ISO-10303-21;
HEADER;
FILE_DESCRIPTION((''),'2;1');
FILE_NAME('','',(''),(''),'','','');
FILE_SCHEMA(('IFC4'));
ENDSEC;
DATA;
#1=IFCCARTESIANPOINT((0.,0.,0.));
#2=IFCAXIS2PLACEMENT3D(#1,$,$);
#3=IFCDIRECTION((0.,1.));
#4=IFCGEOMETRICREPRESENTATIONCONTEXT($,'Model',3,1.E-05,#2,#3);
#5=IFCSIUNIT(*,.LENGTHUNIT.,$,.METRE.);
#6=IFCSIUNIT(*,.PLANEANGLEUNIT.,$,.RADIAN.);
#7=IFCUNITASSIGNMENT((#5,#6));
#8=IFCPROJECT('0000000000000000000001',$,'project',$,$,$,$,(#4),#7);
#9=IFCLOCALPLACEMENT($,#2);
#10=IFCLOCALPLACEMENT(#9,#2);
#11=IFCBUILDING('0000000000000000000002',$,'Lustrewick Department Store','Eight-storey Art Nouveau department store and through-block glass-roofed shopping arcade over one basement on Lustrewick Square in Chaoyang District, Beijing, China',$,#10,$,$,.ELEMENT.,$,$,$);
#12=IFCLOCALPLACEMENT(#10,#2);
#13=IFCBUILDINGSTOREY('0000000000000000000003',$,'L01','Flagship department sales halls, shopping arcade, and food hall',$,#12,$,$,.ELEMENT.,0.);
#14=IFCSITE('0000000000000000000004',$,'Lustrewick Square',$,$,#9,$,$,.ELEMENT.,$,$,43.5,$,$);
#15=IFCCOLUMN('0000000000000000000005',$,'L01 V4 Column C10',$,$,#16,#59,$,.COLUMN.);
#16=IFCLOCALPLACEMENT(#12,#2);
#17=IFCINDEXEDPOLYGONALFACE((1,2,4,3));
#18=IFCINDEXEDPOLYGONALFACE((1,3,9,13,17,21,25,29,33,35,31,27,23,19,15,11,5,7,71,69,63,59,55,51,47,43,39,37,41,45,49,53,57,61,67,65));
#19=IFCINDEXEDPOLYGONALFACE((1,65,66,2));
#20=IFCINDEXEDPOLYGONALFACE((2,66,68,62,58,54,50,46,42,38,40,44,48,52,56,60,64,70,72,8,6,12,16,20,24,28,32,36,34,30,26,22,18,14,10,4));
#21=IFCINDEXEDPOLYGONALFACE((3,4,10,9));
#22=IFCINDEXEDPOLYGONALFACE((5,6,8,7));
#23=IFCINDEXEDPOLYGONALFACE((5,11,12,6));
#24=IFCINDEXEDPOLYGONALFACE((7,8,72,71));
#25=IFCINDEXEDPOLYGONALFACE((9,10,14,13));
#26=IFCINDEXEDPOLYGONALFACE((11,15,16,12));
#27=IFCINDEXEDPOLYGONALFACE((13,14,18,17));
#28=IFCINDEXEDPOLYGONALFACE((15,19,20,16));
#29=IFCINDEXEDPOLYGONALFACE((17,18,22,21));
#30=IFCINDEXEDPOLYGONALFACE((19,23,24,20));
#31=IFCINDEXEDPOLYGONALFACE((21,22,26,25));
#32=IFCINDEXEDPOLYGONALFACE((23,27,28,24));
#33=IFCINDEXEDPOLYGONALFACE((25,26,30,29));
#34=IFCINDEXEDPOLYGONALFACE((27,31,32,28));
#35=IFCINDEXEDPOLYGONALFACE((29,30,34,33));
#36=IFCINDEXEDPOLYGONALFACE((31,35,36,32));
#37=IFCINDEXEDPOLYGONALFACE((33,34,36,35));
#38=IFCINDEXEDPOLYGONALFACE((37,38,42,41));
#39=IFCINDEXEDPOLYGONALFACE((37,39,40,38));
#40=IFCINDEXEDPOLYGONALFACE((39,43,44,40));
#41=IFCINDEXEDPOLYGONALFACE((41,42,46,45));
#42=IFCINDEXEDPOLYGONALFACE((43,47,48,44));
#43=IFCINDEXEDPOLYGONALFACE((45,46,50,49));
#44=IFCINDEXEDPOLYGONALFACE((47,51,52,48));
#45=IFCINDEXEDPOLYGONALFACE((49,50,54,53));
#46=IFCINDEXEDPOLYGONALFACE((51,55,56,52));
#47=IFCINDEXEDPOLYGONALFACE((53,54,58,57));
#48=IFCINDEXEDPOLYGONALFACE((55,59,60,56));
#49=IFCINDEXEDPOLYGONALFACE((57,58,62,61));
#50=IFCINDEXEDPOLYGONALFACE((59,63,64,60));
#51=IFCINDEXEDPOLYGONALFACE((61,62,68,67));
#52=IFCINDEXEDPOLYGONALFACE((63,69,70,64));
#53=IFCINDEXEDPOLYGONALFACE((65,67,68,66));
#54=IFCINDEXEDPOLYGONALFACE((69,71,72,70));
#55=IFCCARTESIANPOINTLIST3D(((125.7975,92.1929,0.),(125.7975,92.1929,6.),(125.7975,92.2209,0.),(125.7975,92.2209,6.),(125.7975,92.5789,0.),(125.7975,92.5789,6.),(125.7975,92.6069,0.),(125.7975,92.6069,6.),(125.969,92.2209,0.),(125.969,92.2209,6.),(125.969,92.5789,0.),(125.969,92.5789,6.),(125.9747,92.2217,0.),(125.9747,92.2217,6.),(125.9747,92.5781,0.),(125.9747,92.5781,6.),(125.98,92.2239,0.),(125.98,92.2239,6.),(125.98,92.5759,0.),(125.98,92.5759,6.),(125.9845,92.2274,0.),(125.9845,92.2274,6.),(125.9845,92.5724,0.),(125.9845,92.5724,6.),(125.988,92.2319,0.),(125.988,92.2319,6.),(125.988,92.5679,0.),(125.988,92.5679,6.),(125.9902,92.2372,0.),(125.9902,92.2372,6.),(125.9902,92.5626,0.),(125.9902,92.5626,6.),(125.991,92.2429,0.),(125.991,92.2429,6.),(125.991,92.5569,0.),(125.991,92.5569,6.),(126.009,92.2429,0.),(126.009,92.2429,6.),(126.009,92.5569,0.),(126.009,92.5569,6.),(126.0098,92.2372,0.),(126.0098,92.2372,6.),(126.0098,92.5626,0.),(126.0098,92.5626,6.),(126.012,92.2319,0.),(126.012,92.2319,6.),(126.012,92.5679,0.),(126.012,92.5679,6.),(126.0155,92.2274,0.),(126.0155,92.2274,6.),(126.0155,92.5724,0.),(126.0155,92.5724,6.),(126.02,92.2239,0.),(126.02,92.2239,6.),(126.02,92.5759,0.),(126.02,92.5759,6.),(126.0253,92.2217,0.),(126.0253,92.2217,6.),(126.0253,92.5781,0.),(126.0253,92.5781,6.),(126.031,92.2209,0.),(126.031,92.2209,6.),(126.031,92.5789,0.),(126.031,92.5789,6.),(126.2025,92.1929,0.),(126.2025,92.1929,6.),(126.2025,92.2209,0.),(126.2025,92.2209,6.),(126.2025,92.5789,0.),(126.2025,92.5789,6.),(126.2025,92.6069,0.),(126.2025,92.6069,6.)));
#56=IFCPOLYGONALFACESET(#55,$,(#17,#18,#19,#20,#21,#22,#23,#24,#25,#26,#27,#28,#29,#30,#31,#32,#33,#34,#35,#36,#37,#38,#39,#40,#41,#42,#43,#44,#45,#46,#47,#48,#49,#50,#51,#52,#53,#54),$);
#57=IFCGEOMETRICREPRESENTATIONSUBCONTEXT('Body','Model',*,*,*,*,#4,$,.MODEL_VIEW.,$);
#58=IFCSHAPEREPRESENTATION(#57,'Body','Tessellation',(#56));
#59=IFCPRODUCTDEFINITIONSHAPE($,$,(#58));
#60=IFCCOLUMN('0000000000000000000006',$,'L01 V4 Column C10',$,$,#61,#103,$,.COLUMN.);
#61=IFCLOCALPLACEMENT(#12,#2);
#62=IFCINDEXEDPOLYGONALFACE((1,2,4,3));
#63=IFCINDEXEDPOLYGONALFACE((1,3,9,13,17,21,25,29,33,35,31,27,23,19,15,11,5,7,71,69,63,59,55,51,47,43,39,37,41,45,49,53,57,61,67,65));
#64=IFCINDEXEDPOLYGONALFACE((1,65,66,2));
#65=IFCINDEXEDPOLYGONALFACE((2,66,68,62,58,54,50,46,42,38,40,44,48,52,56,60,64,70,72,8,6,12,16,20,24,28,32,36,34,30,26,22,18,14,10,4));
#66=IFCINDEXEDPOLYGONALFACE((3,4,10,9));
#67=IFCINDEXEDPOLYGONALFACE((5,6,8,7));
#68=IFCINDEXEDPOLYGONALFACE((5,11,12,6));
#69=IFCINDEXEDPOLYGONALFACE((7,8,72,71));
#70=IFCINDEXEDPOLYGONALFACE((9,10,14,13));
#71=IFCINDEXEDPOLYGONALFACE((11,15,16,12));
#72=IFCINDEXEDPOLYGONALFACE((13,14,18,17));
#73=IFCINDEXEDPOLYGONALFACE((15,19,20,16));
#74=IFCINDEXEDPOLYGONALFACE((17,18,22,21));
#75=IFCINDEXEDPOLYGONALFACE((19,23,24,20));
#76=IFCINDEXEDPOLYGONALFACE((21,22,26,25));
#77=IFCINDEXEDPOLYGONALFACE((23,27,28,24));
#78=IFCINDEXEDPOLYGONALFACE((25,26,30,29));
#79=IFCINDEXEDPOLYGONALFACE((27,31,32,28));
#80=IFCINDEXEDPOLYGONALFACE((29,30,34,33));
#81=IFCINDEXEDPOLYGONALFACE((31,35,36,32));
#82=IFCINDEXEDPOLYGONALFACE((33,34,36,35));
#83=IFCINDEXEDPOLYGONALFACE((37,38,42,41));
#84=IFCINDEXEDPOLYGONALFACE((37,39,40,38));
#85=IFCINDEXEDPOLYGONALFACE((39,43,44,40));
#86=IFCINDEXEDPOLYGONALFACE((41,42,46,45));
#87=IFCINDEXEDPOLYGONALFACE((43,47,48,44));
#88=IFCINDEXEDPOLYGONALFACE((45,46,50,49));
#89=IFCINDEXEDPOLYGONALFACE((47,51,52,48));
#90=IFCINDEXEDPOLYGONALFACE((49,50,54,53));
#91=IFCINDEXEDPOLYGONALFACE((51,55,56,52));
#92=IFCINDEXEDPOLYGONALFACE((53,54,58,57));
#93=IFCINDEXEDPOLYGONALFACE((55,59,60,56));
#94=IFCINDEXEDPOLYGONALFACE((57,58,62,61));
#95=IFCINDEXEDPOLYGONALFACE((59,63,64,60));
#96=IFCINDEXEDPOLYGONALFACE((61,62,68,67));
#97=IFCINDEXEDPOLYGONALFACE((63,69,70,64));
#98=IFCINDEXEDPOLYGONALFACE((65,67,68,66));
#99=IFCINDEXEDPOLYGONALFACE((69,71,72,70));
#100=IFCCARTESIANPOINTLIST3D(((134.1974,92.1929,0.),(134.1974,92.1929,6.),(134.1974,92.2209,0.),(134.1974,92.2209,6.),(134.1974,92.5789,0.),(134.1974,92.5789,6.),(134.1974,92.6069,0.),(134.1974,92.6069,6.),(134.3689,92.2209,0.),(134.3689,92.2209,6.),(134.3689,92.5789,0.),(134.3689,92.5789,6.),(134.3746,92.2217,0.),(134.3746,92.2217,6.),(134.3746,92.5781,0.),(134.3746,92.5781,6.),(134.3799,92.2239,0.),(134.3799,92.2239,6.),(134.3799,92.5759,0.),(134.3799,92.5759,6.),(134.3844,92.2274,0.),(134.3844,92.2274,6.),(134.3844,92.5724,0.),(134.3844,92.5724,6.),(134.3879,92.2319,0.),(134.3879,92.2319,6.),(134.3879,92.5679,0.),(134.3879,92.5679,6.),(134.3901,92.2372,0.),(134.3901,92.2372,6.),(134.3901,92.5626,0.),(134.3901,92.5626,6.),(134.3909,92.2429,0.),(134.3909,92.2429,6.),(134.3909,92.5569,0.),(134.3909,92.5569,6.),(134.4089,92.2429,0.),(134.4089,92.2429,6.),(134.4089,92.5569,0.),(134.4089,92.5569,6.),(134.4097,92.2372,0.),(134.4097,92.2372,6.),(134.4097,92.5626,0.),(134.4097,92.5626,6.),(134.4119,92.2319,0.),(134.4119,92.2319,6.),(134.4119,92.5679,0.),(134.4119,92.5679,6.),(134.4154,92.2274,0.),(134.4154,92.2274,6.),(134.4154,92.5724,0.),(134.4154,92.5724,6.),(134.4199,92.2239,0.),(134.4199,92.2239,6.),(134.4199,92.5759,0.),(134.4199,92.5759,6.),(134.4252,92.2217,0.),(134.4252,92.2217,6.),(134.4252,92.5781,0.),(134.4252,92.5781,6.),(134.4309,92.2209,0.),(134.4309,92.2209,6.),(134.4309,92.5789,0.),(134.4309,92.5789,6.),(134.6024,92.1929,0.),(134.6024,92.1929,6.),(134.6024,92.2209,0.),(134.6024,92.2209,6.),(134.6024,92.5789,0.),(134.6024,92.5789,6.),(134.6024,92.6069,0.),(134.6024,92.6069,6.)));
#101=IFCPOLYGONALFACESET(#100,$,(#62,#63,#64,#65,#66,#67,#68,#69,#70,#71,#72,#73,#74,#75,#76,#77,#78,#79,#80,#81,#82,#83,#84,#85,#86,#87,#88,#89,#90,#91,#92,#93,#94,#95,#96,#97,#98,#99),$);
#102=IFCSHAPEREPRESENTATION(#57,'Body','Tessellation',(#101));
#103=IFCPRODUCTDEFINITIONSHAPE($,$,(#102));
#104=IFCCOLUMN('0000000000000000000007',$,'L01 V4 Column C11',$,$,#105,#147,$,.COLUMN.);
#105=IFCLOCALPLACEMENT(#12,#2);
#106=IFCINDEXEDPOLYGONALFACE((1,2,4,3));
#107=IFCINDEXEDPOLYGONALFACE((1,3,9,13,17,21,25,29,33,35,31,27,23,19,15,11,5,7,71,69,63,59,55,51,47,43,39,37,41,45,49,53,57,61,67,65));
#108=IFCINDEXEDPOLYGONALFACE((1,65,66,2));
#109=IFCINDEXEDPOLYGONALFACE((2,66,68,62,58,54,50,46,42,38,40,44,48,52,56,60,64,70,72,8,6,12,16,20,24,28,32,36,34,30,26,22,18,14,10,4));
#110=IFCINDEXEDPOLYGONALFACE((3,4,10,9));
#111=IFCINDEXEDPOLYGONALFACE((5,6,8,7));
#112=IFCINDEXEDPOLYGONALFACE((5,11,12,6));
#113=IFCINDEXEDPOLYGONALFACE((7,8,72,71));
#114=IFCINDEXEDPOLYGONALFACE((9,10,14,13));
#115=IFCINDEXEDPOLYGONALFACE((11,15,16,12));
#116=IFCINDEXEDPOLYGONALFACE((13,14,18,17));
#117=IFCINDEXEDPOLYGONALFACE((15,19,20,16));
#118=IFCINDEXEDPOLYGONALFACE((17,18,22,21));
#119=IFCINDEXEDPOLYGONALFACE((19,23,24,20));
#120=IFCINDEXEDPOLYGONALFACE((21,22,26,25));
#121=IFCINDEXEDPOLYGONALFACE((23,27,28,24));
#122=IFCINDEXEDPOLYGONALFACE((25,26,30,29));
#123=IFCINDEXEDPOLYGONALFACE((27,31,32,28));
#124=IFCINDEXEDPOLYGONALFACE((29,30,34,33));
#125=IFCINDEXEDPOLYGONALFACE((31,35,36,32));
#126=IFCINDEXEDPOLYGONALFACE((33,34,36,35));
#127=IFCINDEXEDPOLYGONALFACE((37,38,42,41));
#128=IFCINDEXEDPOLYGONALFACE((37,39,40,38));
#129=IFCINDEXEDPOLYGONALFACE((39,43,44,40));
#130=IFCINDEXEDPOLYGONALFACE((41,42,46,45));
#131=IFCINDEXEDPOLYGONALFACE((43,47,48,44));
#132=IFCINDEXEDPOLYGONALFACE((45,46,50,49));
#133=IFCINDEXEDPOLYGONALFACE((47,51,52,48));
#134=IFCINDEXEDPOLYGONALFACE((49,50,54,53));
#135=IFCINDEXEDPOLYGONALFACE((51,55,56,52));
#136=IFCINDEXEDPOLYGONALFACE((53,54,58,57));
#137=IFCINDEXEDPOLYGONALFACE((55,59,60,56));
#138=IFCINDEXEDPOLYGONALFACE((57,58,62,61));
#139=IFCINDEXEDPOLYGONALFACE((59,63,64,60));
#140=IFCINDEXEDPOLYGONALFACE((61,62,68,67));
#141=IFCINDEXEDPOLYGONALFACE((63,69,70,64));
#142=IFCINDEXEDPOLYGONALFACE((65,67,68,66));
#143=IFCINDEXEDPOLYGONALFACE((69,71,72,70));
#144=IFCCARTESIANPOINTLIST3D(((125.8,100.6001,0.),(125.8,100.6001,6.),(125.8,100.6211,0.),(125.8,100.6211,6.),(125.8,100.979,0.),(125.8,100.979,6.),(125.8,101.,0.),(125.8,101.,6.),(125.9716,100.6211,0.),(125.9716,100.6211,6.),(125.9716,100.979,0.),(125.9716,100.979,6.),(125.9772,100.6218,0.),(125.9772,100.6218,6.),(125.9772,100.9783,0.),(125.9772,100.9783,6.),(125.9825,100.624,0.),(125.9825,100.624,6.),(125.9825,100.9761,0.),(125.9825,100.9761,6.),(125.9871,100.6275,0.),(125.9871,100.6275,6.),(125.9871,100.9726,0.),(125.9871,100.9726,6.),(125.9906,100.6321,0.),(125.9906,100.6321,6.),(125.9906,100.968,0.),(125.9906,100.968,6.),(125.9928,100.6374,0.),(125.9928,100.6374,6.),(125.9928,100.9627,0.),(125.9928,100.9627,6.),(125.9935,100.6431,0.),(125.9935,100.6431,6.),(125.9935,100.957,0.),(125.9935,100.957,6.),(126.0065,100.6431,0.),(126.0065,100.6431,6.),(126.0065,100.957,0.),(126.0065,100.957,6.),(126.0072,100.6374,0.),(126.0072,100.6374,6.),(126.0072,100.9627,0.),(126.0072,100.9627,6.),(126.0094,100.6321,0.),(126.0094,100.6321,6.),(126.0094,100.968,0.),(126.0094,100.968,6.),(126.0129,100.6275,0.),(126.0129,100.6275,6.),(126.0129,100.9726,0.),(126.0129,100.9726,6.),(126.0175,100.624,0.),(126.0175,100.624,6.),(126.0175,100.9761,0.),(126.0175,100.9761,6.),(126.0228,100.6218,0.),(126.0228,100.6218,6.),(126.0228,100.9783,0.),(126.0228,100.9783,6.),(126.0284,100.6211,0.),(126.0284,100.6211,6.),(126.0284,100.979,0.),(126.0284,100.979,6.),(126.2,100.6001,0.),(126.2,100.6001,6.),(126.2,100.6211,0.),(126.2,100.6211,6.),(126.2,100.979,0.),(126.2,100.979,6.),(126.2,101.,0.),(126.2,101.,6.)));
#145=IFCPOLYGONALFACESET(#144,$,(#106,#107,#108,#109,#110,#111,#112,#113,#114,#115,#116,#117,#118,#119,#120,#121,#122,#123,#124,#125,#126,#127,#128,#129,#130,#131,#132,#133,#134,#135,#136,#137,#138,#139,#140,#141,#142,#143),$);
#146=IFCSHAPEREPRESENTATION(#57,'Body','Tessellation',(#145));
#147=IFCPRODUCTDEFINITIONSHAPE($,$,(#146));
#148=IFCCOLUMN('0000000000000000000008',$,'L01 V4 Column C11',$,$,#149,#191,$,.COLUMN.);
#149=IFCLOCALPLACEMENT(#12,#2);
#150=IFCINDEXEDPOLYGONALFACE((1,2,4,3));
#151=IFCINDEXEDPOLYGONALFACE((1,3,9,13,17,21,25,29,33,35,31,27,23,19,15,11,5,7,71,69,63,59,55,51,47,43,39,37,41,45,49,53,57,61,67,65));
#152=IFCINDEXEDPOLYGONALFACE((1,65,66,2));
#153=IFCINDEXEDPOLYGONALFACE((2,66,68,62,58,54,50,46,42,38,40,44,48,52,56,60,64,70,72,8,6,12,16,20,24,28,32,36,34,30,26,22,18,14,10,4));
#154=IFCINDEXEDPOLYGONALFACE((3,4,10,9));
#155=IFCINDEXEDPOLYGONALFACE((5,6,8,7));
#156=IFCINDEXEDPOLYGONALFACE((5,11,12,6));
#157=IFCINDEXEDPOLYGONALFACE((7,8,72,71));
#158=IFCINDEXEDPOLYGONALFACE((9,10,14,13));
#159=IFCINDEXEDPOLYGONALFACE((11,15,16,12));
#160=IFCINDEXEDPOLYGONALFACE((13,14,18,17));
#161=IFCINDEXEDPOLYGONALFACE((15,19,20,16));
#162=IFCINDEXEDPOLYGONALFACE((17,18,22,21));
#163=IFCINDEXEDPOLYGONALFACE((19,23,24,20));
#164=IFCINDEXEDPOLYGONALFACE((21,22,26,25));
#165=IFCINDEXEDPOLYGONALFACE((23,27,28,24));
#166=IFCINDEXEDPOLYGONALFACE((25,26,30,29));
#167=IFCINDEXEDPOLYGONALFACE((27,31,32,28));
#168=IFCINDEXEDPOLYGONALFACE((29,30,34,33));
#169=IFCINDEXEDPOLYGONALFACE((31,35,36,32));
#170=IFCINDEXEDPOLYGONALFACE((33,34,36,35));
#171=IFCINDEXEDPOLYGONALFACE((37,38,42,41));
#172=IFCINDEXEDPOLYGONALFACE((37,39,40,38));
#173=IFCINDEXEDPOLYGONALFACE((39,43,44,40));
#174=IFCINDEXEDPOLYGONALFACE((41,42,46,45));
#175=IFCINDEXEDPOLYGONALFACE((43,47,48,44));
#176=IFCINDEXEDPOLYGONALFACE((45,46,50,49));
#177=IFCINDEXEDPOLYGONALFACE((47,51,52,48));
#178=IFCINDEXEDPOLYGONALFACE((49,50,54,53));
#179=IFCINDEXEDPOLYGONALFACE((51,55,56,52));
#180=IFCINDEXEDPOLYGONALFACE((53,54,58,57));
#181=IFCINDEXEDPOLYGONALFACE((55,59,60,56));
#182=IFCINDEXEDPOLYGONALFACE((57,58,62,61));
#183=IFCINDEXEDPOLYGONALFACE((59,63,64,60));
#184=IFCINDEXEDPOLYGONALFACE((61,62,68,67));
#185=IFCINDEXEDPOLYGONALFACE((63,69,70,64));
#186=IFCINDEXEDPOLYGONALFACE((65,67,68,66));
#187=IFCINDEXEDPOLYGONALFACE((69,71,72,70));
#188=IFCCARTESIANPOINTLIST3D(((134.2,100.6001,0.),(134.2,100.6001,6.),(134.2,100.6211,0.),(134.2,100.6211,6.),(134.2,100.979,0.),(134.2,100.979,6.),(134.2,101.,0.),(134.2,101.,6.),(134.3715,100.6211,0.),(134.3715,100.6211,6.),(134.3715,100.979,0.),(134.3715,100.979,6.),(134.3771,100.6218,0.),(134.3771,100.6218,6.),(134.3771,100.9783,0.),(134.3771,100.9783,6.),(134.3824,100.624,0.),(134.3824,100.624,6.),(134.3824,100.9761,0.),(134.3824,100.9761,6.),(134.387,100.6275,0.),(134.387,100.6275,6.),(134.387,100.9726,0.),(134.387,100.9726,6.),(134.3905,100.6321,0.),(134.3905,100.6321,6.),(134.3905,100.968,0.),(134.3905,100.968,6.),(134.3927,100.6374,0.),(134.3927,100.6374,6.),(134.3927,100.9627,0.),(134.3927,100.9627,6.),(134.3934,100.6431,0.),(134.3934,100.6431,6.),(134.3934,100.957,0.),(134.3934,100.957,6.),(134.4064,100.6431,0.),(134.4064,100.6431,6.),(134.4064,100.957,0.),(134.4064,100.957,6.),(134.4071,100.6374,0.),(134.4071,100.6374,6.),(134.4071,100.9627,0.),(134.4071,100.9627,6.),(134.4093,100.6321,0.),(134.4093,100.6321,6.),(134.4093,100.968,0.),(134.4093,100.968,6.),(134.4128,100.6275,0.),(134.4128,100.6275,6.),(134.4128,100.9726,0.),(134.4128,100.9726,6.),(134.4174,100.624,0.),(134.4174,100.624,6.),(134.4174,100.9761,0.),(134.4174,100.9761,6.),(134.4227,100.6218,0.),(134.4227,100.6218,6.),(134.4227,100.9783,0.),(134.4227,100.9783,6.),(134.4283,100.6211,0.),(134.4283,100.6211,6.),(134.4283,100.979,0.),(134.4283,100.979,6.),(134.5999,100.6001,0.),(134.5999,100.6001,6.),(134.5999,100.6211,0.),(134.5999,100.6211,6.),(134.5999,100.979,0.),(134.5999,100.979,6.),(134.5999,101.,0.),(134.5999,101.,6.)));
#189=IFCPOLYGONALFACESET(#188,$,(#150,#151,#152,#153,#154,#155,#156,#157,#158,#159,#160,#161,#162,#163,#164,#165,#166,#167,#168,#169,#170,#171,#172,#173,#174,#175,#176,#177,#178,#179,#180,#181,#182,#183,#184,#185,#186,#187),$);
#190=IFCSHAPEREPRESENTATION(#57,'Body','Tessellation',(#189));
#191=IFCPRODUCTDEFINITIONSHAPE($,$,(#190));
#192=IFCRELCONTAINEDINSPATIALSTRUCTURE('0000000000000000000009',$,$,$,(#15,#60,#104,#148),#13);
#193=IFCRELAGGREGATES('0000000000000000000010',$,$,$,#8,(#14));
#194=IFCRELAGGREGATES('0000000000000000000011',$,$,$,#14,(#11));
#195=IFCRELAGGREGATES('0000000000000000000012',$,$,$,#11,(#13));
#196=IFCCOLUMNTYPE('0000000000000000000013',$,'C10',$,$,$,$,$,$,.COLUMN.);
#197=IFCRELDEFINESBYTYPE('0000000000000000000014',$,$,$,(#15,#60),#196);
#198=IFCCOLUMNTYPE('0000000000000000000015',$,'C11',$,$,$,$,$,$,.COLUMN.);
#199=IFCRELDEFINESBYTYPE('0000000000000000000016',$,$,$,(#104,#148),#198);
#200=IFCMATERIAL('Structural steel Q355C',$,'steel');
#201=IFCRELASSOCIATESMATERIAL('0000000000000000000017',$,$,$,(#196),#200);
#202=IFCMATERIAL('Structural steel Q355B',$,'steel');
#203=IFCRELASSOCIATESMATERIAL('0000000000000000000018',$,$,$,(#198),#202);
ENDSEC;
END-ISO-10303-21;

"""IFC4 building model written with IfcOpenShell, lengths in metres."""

from ifc_helpers import new_model, si_unit, direction, frame, origin, origin_2d, place, context, subcontext, project, spatial, i_section, extrude, material, material_profile, profile_set, type_object, element, save


model = new_model("IFC4")

# Units and contexts
model_context = context("Model", 3, precision=1e-05, world=origin(), true_north=direction((0.0, 1.0)))
body_context = subcontext(model_context, "Body", "Model", "MODEL_VIEW")
ifc_project = project(units=[si_unit("LENGTHUNIT", "METRE"), si_unit("PLANEANGLEUNIT", "RADIAN")], contexts=[model_context])

# Site, building, storey
site_placement = place(None, origin())
site = spatial("IfcSite", under=ifc_project, at=site_placement, Name="Lustrewick Square", CompositionType="ELEMENT", RefElevation=43.5)
building_placement = place(site_placement, origin())
building = spatial("IfcBuilding", under=site, at=building_placement, Name="Lustrewick Department Store", Description="Eight-storey Art Nouveau department store and through-block glass-roofed shopping arcade over one basement on Lustrewick Square in Chaoyang District, Beijing, China", CompositionType="ELEMENT")
storey_placement = place(building_placement, origin())
storey = spatial("IfcBuildingStorey", under=building, at=storey_placement, Name="L01", Description="Flagship department sales halls, shopping arcade, and food hall", CompositionType="ELEMENT", Elevation=0.0)

# Columns
ifc_material_1 = material(Name="Structural steel Q355C", Category="steel")
ifc_material_profile_1 = material_profile(ifc_material_1, i_section(OverallWidth=0.405, OverallDepth=0.4141, WebThickness=0.0181, FlangeThickness=0.0281, FilletRadius=0.022, at=origin_2d()), Name="HW 414x405x18x28")
ifc_profile_set_1 = profile_set([ifc_material_profile_1], Name="Structural steel Q355C")
column_type_1 = type_object("IfcColumnType", Name="C10", PredefinedType="COLUMN", material=ifc_profile_set_1)
for number, where, z_axis, x_axis, name in (
    (1, (126.0, 92.3999, 0.0), (0.0, 0.0, 1.0), (1.0, 0.0, 0.0), "L01 V4 Column C10"),
    (2, (134.3999, 92.3999, 0.0), (0.0, 0.0, 1.0), (1.0, 0.0, 0.0), "L01 V4 Column C10"),
):
    element("IfcColumn", number, at=place(storey_placement, frame(where, z_axis=z_axis, x_axis=x_axis)), inside=storey, type_object=column_type_1, Name=name, PredefinedType="COLUMN", context=body_context, shape_type="SweptSolid", body=[
        extrude(i_section(OverallWidth=0.405, OverallDepth=0.4141, WebThickness=0.0181, FlangeThickness=0.0281, FilletRadius=0.022, at=origin_2d()), origin(), (0.0, 0.0, 1.0), 6.0),
    ])
ifc_material_2 = material(Name="Structural steel Q355B", Category="steel")
ifc_material_profile_2 = material_profile(ifc_material_2, i_section(OverallWidth=0.3999, OverallDepth=0.3999, WebThickness=0.0129, FlangeThickness=0.021, FilletRadius=0.022, at=origin_2d()), Name="HW 400x400x13x21")
ifc_profile_set_2 = profile_set([ifc_material_profile_2], Name="Structural steel Q355B")
column_type_2 = type_object("IfcColumnType", Name="C11", PredefinedType="COLUMN", material=ifc_profile_set_2)
for number, where, z_axis, x_axis, name in (
    (3, (126.0, 100.8, 0.0), (0.0, 0.0, 1.0), (1.0, 0.0, 0.0), "L01 V4 Column C11"),
    (4, (134.3999, 100.8, 0.0), (0.0, 0.0, 1.0), (1.0, 0.0, 0.0), "L01 V4 Column C11"),
):
    element("IfcColumn", number, at=place(storey_placement, frame(where, z_axis=z_axis, x_axis=x_axis)), inside=storey, type_object=column_type_2, Name=name, PredefinedType="COLUMN", context=body_context, shape_type="SweptSolid", body=[
        extrude(i_section(OverallWidth=0.3999, OverallDepth=0.3999, WebThickness=0.0129, FlangeThickness=0.021, FilletRadius=0.022, at=origin_2d()), origin(), (0.0, 0.0, 1.0), 6.0),
    ])

save(model, "model.ifc")
